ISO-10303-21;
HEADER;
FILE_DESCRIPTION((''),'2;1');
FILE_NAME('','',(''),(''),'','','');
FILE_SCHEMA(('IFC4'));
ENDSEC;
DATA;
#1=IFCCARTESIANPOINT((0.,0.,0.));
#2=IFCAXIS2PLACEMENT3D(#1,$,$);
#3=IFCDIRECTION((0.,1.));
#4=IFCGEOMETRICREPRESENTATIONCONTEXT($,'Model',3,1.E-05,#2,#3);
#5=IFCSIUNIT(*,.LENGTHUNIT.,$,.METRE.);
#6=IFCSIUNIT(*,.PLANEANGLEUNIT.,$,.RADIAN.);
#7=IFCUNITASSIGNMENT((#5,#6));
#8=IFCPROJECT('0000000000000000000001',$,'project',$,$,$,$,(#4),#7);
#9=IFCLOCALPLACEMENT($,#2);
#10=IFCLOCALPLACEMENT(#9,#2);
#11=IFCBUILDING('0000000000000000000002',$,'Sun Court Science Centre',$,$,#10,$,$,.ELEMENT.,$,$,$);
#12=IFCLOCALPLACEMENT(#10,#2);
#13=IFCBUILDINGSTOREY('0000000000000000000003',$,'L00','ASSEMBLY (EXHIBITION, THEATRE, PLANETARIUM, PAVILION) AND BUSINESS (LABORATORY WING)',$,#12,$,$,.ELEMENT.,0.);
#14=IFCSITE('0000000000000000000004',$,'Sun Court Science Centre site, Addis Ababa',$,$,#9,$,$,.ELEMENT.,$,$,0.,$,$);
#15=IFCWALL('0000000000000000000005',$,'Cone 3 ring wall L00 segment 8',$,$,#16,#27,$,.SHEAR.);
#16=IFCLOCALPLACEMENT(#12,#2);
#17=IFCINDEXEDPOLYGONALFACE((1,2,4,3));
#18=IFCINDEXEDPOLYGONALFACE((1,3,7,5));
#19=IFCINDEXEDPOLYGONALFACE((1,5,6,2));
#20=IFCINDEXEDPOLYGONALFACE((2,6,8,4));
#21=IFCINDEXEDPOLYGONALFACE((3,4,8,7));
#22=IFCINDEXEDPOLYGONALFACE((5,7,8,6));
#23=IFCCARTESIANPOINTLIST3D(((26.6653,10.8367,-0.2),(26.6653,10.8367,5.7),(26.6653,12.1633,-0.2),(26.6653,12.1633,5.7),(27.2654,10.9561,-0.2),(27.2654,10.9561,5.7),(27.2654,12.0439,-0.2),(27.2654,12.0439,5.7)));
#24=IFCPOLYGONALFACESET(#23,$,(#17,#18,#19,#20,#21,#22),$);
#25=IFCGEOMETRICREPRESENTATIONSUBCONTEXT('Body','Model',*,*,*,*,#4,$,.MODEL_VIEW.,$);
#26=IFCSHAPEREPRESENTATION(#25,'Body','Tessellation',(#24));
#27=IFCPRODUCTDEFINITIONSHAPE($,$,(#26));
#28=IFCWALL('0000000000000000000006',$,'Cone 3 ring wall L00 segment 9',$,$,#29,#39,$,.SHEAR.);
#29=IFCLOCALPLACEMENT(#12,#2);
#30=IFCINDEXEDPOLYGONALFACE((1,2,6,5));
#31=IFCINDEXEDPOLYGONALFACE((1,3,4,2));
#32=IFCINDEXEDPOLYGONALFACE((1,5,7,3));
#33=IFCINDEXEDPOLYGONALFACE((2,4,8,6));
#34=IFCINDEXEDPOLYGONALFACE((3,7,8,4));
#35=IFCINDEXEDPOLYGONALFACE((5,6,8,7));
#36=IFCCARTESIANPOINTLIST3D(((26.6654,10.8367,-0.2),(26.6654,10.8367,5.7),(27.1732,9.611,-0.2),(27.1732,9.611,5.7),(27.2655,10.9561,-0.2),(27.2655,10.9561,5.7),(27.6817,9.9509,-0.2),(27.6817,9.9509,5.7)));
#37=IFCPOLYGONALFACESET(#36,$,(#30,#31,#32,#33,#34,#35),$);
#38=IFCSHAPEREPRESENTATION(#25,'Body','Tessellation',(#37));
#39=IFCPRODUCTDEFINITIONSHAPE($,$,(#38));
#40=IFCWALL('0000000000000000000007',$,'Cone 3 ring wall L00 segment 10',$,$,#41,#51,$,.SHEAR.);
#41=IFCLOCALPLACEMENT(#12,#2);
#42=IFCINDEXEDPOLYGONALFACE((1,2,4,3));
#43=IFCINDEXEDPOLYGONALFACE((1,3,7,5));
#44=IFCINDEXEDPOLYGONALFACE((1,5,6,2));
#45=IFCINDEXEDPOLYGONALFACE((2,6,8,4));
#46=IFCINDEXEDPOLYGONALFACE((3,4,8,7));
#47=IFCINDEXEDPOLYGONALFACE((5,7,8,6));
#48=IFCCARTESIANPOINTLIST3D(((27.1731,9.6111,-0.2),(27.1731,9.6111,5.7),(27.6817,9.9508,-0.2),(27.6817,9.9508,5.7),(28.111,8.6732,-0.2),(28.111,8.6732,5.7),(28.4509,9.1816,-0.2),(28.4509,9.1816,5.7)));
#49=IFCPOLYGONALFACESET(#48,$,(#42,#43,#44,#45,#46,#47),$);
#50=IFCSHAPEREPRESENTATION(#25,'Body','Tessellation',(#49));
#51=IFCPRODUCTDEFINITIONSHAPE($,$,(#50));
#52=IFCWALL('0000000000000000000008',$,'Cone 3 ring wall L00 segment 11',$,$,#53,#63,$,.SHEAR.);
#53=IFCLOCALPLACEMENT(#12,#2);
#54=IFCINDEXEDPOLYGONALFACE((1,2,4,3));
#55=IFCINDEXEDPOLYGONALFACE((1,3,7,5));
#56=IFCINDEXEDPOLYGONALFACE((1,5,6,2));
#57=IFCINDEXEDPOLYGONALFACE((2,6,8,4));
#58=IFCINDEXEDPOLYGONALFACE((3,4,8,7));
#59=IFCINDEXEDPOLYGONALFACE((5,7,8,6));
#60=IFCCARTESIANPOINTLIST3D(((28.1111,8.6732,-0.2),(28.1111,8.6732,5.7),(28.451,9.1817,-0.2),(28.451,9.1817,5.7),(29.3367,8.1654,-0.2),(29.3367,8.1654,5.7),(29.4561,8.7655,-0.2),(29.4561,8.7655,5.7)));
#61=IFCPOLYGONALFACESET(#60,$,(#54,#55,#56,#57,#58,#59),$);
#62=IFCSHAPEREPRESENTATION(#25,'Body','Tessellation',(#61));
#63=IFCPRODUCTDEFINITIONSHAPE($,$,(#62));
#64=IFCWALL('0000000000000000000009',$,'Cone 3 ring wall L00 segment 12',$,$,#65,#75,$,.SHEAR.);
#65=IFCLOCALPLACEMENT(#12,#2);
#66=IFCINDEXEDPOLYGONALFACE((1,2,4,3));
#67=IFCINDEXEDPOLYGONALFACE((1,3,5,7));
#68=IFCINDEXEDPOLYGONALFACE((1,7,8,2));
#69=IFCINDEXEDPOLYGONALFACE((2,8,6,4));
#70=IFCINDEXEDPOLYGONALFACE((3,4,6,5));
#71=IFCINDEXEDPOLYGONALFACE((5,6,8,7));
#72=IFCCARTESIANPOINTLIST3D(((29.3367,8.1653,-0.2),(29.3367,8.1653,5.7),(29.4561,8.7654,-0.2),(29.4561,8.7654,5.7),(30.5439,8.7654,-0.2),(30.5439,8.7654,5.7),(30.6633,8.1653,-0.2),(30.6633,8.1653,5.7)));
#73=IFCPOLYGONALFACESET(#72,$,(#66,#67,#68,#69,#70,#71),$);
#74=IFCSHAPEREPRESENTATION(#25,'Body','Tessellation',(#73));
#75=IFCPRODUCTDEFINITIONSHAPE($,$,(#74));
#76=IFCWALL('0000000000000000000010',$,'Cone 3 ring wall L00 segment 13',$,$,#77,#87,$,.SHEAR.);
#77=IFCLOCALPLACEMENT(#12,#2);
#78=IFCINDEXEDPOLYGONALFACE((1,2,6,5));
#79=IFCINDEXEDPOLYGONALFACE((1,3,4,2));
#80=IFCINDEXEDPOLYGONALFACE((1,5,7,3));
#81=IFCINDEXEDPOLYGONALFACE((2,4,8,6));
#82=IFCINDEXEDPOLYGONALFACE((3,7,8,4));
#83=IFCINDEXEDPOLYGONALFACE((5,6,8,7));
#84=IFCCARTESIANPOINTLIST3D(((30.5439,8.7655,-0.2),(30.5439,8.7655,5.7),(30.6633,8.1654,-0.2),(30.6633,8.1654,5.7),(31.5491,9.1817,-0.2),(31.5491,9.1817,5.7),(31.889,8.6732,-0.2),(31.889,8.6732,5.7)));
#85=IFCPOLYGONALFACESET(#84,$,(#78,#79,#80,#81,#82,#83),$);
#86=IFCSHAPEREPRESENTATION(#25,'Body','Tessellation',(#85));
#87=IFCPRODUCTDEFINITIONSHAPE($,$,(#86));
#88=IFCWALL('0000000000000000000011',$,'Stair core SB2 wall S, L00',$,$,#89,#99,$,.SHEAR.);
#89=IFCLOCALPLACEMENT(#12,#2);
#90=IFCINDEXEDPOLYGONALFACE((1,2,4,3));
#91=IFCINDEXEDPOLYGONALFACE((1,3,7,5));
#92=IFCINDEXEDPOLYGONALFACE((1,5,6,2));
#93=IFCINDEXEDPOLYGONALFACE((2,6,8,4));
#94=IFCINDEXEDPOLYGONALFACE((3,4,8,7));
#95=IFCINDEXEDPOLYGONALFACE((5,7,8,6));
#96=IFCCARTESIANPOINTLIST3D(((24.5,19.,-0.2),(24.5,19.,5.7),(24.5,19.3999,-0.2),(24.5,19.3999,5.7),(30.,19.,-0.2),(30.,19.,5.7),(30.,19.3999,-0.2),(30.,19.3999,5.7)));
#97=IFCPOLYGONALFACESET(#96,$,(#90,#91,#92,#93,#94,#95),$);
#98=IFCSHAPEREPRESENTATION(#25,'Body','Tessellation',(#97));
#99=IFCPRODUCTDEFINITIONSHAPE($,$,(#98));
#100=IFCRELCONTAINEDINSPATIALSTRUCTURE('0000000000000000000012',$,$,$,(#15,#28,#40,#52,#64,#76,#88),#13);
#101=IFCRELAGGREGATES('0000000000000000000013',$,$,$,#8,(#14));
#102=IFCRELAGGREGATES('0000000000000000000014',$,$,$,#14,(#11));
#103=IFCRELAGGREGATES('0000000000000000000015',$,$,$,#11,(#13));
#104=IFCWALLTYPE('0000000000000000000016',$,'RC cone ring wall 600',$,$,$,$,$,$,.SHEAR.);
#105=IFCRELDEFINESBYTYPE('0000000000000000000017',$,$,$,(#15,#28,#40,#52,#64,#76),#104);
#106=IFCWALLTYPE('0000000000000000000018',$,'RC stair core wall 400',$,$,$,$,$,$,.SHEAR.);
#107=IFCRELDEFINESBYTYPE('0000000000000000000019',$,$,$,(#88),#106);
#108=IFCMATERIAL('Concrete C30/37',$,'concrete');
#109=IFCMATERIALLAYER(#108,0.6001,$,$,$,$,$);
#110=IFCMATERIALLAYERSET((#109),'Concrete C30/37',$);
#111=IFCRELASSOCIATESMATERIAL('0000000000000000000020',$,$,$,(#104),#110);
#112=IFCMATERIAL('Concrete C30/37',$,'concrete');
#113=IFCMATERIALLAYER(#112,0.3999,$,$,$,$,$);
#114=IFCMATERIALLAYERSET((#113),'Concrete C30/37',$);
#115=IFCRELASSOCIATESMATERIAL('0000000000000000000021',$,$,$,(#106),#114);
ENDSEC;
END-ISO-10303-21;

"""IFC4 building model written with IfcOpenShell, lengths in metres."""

from ifc_helpers import new_model, si_unit, direction, frame, frame_2d, origin, place, context, subcontext, project, spatial, polyline, rectangle, outline, extrude, material, layer, layer_set, type_object, element, save


model = new_model("IFC4")

# Units and contexts
model_context = context("Model", 3, precision=1e-05, world=origin(), true_north=direction((0.0, 1.0)))
body_context = subcontext(model_context, "Body", "Model", "MODEL_VIEW")
ifc_project = project(units=[si_unit("LENGTHUNIT", "METRE"), si_unit("PLANEANGLEUNIT", "RADIAN")], contexts=[model_context])

# Site, building, storey
site_placement = place(None, origin())
site = spatial("IfcSite", under=ifc_project, at=site_placement, Name="Sun Court Science Centre site, Addis Ababa", CompositionType="ELEMENT", RefElevation=0.0)
building_placement = place(site_placement, origin())
building = spatial("IfcBuilding", under=site, at=building_placement, Name="Sun Court Science Centre", CompositionType="ELEMENT")
storey_placement = place(building_placement, origin())
storey = spatial("IfcBuildingStorey", under=building, at=storey_placement, Name="L00", Description="ASSEMBLY (EXHIBITION, THEATRE, PLANETARIUM, PAVILION) AND BUSINESS (LABORATORY WING)", CompositionType="ELEMENT", Elevation=0.0)

# Walls
ifc_material_1 = material(Name="Concrete C30/37", Category="concrete")
ifc_layer_1 = layer(ifc_material_1, 0.6001)
ifc_layer_set_1 = layer_set([ifc_layer_1], Name="Concrete C30/37")
wall_type_1 = type_object("IfcWallType", Name="RC cone ring wall 600", PredefinedType="SHEAR", material=ifc_layer_set_1)
wall_1_placement = place(storey_placement, frame((26.9653, 12.1633, -0.2), z_axis=(0.0, 0.0, 1.0), x_axis=(0.0, -1.0, 0.0)))
element("IfcWall", 1, at=wall_1_placement, inside=storey, type_object=wall_type_1, Name="Cone 3 ring wall L00 segment 8", PredefinedType="SHEAR", context=body_context, shape_type="SweptSolid", body=[
    extrude(outline(polyline([(0.0, -0.3), (1.3267, -0.3), (1.2073, 0.3), (0.1194, 0.3), (0.0, -0.3)])), origin(), (0.0, 0.0, 1.0), 5.8999),
])
wall_2_placement = place(storey_placement, frame((26.9424, 10.9514, -0.2), z_axis=(0.0, 0.0, 1.0), x_axis=(0.382785, -0.923837, 0.0)))
element("IfcWall", 2, at=wall_2_placement, inside=storey, type_object=wall_type_1, Name="Cone 3 ring wall L00 segment 9", PredefinedType="SHEAR", context=body_context, shape_type="SweptSolid", body=[
    extrude(outline(polyline([(0.0, -0.2998), (1.3267, -0.2998), (1.2073, 0.3), (0.1194, 0.3003), (0.0, -0.2998)])), origin(), (0.0, 0.0, 1.0), 5.8999),
])
wall_3_placement = place(storey_placement, frame((27.3853, 9.8232, -0.2), z_axis=(0.0, 0.0, 1.0), x_axis=(0.707107, -0.707107, 0.0)))
element("IfcWall", 3, at=wall_3_placement, inside=storey, type_object=wall_type_1, Name="Cone 3 ring wall L00 segment 10", PredefinedType="SHEAR", context=body_context, shape_type="SweptSolid", body=[
    extrude(outline(polyline([(0.0, -0.3), (1.3264, -0.3), (1.2073, 0.2998), (0.1194, 0.2998), (0.0, -0.3)])), origin(), (0.0, 0.0, 1.0), 5.8999),
])
wall_4_placement = place(storey_placement, frame((28.2258, 8.9502, -0.2), z_axis=(0.0, 0.0, 1.0), x_axis=(0.923837, -0.382785, 0.0)))
element("IfcWall", 4, at=wall_4_placement, inside=storey, type_object=wall_type_1, Name="Cone 3 ring wall L00 segment 11", PredefinedType="SHEAR", context=body_context, shape_type="SweptSolid", body=[
    extrude(outline(polyline([(0.0, -0.2998), (1.3267, -0.2998), (1.2073, 0.3003), (0.1194, 0.3), (0.0, -0.2998)])), origin(), (0.0, 0.0, 1.0), 5.8999),
])
wall_5_placement = place(storey_placement, frame((29.3367, 8.4653, -0.2), z_axis=(0.0, 0.0, 1.0), x_axis=(1.0, 0.0, 0.0)))
element("IfcWall", 5, at=wall_5_placement, inside=storey, type_object=wall_type_1, Name="Cone 3 ring wall L00 segment 12", PredefinedType="SHEAR", context=body_context, shape_type="SweptSolid", body=[
    extrude(outline(polyline([(0.0, -0.3), (1.3267, -0.3), (1.2073, 0.3), (0.1194, 0.3), (0.0, -0.3)])), origin(), (0.0, 0.0, 1.0), 5.8999),
])
wall_6_placement = place(storey_placement, frame((30.5486, 8.4424, -0.2), z_axis=(0.0, 0.0, 1.0), x_axis=(0.923837, 0.382785, 0.0)))
element("IfcWall", 6, at=wall_6_placement, inside=storey, type_object=wall_type_1, Name="Cone 3 ring wall L00 segment 13", PredefinedType="SHEAR", context=body_context, shape_type="SweptSolid", body=[
    extrude(outline(polyline([(0.0, -0.2998), (1.3267, -0.2998), (1.2073, 0.3), (0.1194, 0.3003), (0.0, -0.2998)])), origin(), (0.0, 0.0, 1.0), 5.8999),
])
ifc_material_2 = material(Name="Concrete C30/37", Category="concrete")
ifc_layer_2 = layer(ifc_material_2, 0.3999)
ifc_layer_set_2 = layer_set([ifc_layer_2], Name="Concrete C30/37")
wall_type_2 = type_object("IfcWallType", Name="RC stair core wall 400", PredefinedType="SHEAR", material=ifc_layer_set_2)
wall_7_placement = place(storey_placement, frame((24.5, 19.2, -0.2), z_axis=(0.0, 0.0, 1.0), x_axis=(1.0, 0.0, 0.0)))
element("IfcWall", 7, at=wall_7_placement, inside=storey, type_object=wall_type_2, Name="Stair core SB2 wall S, L00", PredefinedType="SHEAR", context=body_context, shape_type="SweptSolid", body=[
    extrude(rectangle(XDim=5.5, YDim=0.3999, at=frame_2d((2.75, 0.0))), origin(), (0.0, 0.0, 1.0), 5.8999),
])

save(model, "model.ifc")
